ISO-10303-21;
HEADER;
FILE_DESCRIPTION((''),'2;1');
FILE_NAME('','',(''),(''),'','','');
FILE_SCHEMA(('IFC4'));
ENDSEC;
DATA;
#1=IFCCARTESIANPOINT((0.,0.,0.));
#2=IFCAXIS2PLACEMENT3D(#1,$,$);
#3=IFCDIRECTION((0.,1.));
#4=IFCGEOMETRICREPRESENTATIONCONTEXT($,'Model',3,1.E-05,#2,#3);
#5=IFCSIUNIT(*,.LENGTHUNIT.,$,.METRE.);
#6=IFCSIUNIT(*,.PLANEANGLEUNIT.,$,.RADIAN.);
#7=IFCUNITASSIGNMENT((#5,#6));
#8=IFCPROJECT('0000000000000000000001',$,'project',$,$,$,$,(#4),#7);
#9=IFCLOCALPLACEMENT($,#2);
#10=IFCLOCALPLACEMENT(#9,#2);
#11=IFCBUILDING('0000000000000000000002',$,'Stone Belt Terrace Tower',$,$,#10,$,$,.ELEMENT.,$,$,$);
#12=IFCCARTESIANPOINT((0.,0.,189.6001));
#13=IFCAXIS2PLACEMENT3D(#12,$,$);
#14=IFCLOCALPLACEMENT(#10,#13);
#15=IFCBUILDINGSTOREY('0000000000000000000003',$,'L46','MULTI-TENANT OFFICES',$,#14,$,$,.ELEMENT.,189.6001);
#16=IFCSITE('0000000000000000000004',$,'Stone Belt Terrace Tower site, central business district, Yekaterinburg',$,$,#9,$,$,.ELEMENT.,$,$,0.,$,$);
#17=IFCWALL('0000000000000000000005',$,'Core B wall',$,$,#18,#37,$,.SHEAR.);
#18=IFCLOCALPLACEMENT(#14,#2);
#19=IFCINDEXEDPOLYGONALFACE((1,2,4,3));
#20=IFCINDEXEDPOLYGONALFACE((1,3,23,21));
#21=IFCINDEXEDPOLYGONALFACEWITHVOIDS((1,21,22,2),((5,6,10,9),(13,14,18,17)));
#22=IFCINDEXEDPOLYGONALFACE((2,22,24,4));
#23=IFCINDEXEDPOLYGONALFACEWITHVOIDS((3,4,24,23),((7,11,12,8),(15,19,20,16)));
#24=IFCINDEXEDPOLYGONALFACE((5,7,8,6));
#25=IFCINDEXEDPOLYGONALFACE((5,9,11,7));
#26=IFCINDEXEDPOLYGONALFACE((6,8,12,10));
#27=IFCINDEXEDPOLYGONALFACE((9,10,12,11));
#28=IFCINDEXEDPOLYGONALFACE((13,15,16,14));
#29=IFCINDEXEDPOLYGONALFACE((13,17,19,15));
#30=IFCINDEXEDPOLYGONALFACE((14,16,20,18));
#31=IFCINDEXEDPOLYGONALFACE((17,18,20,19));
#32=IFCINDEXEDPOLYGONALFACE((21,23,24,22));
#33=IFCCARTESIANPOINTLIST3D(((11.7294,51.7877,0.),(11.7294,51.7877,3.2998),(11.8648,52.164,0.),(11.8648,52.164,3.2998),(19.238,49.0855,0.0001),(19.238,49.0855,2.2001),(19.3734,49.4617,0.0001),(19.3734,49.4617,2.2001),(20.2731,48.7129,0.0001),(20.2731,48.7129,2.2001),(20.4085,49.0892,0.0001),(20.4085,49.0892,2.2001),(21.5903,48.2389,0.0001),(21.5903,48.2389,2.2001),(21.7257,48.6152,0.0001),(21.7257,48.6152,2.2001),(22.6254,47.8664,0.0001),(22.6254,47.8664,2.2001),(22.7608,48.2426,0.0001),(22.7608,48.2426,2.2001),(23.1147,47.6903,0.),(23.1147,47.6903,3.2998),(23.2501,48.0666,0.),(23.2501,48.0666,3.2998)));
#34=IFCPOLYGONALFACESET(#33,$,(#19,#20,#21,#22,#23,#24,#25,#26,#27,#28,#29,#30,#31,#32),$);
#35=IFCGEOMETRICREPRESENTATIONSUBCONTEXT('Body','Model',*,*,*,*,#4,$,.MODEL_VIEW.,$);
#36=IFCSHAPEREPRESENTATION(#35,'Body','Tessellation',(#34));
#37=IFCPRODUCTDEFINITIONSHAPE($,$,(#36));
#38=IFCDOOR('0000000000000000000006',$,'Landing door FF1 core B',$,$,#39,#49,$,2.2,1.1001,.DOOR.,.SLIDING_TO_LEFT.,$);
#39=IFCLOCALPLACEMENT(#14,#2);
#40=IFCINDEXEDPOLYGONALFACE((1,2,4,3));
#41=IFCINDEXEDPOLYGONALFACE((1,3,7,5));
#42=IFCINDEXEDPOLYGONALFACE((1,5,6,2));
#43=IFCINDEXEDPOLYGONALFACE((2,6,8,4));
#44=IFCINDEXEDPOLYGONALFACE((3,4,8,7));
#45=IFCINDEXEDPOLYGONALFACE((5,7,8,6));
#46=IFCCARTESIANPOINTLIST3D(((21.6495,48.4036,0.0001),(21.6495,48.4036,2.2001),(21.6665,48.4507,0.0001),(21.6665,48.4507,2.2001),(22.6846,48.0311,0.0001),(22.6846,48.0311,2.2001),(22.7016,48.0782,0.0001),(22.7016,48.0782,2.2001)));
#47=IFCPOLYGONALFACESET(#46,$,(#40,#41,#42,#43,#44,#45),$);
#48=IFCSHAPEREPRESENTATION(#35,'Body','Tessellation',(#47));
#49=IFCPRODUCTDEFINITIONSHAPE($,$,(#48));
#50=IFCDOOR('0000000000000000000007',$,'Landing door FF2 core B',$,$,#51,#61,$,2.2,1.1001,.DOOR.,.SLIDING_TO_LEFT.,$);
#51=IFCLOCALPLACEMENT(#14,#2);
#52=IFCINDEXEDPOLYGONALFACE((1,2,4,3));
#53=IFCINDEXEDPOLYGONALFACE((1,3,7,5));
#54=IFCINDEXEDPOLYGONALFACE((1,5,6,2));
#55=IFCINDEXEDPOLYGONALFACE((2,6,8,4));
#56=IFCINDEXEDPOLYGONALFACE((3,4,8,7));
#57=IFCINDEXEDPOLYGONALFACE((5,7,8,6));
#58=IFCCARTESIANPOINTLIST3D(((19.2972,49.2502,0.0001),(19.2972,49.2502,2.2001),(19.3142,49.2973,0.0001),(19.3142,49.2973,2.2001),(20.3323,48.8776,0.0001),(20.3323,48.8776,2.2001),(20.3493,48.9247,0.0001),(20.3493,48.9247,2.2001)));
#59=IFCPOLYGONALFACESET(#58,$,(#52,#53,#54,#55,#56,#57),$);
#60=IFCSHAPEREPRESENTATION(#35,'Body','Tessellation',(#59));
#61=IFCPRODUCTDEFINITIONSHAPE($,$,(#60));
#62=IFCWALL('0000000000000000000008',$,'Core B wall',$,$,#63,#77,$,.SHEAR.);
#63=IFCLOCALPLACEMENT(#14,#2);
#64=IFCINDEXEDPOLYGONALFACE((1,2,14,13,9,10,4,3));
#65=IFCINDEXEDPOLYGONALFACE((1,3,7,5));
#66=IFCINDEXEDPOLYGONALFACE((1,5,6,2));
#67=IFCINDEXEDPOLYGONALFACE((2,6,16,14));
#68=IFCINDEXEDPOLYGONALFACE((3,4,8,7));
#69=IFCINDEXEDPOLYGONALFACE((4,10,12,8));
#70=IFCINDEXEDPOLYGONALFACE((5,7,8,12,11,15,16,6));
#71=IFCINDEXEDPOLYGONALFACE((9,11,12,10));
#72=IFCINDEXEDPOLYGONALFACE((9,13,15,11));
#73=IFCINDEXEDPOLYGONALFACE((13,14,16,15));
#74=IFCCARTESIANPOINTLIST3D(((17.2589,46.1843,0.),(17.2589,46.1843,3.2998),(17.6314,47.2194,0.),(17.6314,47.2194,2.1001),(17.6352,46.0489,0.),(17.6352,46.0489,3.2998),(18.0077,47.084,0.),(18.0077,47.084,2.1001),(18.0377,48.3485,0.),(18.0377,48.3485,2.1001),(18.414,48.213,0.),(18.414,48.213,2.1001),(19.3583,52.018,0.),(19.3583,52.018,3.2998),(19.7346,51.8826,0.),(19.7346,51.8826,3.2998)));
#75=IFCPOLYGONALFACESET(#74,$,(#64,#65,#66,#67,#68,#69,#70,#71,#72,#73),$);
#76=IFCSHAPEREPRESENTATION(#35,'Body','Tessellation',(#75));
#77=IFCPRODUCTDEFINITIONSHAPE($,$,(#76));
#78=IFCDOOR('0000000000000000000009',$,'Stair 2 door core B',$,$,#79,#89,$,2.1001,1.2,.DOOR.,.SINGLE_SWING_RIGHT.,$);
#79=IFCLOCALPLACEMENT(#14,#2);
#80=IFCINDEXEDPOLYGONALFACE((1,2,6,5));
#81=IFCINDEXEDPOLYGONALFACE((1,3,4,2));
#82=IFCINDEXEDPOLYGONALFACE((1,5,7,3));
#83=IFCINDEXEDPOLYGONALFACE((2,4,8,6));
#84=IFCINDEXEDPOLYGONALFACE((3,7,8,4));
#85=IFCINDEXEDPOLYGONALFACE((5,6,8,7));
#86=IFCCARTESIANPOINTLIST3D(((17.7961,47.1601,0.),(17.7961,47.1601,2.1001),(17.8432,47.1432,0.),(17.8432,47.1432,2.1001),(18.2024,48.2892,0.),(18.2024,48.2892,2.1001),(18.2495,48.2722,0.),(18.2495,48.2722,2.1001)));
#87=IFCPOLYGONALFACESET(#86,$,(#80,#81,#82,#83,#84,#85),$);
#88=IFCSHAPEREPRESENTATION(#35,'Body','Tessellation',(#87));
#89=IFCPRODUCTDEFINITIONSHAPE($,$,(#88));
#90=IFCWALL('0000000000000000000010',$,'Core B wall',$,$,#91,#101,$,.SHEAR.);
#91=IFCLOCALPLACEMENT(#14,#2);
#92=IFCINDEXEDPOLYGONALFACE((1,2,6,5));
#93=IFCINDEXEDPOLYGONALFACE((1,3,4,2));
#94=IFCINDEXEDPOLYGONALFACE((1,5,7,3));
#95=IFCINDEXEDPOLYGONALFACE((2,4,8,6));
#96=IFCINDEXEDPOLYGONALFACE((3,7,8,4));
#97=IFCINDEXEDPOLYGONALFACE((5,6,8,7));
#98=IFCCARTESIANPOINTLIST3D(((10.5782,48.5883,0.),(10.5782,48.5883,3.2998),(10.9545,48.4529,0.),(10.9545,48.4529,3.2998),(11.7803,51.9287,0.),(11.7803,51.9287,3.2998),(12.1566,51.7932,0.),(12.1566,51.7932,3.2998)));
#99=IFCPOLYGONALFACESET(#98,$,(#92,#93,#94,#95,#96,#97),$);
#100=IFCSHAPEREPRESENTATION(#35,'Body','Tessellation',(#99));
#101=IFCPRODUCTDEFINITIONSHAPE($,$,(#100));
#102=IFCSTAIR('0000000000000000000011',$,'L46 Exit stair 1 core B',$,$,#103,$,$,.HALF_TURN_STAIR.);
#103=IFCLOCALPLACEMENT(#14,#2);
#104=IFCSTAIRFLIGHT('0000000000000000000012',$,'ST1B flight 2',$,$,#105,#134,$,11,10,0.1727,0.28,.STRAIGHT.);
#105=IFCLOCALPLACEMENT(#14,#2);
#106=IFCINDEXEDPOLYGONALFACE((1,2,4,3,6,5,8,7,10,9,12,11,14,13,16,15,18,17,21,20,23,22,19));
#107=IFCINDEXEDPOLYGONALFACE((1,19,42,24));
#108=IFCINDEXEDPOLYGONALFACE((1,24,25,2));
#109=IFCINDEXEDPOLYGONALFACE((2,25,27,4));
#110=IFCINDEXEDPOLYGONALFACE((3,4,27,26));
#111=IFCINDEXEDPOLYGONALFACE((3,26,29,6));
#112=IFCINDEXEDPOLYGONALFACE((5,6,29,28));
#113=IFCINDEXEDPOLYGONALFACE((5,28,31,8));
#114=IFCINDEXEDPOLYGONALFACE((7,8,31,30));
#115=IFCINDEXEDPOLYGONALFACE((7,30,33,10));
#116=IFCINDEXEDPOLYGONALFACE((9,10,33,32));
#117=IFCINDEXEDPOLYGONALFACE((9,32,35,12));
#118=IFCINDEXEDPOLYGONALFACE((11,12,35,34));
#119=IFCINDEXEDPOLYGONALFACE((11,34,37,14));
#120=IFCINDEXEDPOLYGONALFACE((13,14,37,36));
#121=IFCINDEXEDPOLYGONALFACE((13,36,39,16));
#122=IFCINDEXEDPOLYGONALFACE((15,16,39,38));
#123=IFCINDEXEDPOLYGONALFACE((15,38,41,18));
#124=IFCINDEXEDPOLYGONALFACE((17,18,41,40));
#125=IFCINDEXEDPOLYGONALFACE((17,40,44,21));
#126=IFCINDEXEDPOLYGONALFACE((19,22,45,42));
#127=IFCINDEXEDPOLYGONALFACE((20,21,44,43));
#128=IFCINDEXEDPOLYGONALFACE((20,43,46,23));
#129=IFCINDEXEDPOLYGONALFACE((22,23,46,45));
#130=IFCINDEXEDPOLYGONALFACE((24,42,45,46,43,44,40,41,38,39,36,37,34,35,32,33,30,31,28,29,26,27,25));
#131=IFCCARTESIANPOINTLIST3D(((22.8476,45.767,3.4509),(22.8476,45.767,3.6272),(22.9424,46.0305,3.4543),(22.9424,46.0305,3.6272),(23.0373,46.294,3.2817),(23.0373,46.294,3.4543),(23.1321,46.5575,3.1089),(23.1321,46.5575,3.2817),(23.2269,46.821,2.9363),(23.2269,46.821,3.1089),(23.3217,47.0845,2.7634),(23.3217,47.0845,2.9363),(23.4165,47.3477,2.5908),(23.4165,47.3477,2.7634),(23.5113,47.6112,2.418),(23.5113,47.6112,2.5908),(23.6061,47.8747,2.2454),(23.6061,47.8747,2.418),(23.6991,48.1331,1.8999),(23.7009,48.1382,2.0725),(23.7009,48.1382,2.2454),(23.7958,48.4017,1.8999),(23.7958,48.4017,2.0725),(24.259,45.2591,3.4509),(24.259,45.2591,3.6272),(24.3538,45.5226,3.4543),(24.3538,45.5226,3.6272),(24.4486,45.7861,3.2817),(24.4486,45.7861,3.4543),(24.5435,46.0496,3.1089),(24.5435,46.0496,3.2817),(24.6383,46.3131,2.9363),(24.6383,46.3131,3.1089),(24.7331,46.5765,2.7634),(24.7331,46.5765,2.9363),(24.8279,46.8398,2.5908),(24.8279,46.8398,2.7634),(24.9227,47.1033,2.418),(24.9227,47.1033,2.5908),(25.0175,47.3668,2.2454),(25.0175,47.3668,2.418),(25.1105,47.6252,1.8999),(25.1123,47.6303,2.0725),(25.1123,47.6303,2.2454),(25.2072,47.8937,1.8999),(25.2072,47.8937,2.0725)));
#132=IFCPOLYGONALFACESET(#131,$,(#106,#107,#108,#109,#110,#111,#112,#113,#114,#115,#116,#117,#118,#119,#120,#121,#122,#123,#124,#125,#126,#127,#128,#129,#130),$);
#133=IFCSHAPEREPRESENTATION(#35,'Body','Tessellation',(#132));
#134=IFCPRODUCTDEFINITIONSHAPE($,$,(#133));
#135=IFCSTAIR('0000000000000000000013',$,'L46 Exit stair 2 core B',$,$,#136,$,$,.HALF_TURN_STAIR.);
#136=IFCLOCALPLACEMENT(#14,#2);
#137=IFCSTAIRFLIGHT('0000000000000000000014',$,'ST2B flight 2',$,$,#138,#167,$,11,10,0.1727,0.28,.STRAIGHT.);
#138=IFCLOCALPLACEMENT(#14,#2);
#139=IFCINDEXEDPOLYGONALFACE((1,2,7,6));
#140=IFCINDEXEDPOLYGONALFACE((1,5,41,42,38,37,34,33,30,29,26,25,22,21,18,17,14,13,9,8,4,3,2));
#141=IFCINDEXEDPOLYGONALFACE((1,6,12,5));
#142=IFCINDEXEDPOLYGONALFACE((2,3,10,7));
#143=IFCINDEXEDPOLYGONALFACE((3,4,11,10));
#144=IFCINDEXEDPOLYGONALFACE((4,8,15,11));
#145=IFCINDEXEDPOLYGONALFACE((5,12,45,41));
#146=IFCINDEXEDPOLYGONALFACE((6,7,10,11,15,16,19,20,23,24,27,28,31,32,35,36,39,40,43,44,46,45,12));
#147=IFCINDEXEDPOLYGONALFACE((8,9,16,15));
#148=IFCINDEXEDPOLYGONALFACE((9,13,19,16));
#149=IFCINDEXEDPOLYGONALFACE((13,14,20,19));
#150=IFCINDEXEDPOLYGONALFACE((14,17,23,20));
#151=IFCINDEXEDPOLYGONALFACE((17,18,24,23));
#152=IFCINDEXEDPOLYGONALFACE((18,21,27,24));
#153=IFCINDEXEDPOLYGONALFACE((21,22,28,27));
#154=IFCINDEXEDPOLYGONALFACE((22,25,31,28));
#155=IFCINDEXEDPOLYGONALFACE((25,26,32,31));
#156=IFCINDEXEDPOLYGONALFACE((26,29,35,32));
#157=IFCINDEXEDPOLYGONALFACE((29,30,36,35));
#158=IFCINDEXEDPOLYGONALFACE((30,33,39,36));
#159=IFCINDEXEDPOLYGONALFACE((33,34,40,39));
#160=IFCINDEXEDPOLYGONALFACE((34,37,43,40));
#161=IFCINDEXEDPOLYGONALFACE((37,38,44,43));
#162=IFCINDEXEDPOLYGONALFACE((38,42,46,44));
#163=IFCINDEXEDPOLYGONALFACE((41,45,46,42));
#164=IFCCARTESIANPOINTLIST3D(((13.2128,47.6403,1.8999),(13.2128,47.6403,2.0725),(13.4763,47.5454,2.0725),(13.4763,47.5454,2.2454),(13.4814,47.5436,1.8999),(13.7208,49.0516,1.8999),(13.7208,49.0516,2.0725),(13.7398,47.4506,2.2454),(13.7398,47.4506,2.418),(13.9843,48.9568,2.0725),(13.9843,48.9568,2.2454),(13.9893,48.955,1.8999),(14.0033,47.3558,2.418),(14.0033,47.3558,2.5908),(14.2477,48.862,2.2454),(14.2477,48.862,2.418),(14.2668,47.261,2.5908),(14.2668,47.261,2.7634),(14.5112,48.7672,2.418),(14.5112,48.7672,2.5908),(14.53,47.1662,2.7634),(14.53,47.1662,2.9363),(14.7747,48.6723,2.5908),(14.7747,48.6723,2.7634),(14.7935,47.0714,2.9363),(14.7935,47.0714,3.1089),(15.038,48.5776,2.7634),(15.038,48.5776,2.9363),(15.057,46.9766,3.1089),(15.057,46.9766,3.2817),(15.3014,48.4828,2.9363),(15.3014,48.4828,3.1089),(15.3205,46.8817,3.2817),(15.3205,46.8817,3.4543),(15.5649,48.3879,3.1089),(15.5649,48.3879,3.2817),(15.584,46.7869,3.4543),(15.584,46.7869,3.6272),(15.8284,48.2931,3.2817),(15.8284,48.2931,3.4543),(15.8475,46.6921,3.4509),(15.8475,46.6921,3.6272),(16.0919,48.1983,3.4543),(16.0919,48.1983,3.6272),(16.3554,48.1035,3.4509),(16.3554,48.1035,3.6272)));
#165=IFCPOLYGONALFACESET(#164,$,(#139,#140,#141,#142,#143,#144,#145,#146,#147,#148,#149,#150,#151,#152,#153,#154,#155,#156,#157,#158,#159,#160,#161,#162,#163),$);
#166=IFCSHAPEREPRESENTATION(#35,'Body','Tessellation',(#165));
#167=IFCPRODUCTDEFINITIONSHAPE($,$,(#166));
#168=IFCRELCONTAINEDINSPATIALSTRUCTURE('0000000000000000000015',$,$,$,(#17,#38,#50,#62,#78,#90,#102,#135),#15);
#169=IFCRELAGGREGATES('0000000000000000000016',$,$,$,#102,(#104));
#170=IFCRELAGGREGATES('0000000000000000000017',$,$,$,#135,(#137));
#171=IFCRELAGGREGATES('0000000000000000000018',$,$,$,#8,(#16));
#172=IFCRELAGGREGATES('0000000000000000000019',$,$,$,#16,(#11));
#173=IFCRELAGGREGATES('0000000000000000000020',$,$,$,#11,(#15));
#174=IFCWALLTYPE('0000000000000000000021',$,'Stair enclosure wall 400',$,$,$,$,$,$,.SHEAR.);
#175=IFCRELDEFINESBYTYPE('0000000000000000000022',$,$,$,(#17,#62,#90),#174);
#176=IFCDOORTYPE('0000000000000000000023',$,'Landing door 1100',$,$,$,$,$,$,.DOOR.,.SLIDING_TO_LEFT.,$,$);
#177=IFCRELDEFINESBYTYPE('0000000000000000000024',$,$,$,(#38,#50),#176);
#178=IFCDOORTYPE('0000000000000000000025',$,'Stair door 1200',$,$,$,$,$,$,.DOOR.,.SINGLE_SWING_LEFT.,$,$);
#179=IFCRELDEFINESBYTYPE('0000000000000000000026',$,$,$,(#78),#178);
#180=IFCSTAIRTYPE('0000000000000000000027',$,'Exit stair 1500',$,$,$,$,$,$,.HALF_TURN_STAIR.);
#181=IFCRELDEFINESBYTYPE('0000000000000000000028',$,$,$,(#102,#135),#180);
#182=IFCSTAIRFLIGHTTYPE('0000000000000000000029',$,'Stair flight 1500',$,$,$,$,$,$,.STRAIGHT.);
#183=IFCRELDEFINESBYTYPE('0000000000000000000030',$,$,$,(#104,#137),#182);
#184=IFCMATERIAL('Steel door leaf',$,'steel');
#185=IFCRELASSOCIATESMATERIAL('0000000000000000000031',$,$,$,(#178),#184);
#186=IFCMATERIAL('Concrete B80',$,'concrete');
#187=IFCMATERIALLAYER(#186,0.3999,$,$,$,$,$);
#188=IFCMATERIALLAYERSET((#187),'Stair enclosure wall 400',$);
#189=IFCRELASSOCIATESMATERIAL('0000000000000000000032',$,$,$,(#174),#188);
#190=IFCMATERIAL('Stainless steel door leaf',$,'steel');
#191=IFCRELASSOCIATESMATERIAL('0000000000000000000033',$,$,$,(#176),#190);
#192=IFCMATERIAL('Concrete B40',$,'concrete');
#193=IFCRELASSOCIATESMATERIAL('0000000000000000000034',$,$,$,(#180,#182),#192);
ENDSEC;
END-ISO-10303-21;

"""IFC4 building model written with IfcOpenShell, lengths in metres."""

from ifc_helpers import new_model, si_unit, direction, frame, frame_2d, origin, place, context, subcontext, project, spatial, polyline, rectangle, outline, extrude, material, layer, layer_set, type_object, element, fill, aggregate, save


model = new_model("IFC4")

# Units and contexts
model_context = context("Model", 3, precision=1e-05, world=origin(), true_north=direction((0.0, 1.0)))
body_context = subcontext(model_context, "Body", "Model", "MODEL_VIEW")
ifc_project = project(units=[si_unit("LENGTHUNIT", "METRE"), si_unit("PLANEANGLEUNIT", "RADIAN")], contexts=[model_context])

# Site, building, storey
site_placement = place(None, origin())
site = spatial("IfcSite", under=ifc_project, at=site_placement, Name="Stone Belt Terrace Tower site, central business district, Yekaterinburg", CompositionType="ELEMENT", RefElevation=0.0)
building_placement = place(site_placement, origin())
building = spatial("IfcBuilding", under=site, at=building_placement, Name="Stone Belt Terrace Tower", CompositionType="ELEMENT")
storey_placement = place(building_placement, frame((0.0, 0.0, 189.6001)))
storey = spatial("IfcBuildingStorey", under=building, at=storey_placement, Name="L46", Description="MULTI-TENANT OFFICES", CompositionType="ELEMENT", Elevation=189.6001)

# Shared definitions
ifc_material_1 = material(Name="Concrete B80", Category="concrete")

# Shared definitions
ifc_material_2 = material(Name="Steel door leaf", Category="steel")
door_type_1 = type_object("IfcDoorType", Name="Stair door 1200", OperationType="SINGLE_SWING_LEFT", PredefinedType="DOOR", material=ifc_material_2)
ifc_layer_1 = layer(ifc_material_1, 0.3999)
ifc_layer_set_1 = layer_set([ifc_layer_1], Name="Stair enclosure wall 400")
wall_type_1 = type_object("IfcWallType", Name="Stair enclosure wall 400", PredefinedType="SHEAR", material=ifc_layer_set_1)

# Wall, openings, doors
wall_1_placement = place(storey_placement, frame((23.1824, 47.8784, 0.0), z_axis=(0.0, 0.0, 1.0), x_axis=(-0.940921, 0.338626, 0.0)))
wall_1 = element("IfcWall", 1, at=wall_1_placement, inside=storey, type_object=wall_type_1, Name="Core B wall", PredefinedType="SHEAR", context=body_context, shape_type="SweptSolid", body=[
    extrude(rectangle(XDim=12.1001, YDim=0.3999, at=frame_2d((6.05, 0.0))), origin(), (0.0, 0.0, 1.0), 3.2998),
])
opening_1_placement = place(wall_1_placement, frame((0.52, 0.0, 0.0)))
opening_1 = element("IfcOpeningElement", 2, at=opening_1_placement, cuts=wall_1, PredefinedType="OPENING", context=body_context, shape_type="SweptSolid", body=[
    extrude(rectangle(XDim=1.1001, YDim=2.2, at=frame_2d((0.55, 1.1001))), frame((0.0, 0.21, 0.0), z_axis=(0.0, -1.0, 0.0), x_axis=(1.0, 0.0, 0.0)), (0.0, 0.0, 1.0), 0.4199),
])
opening_2_placement = place(wall_1_placement, frame((3.02, 0.0, 0.0)))
opening_2 = element("IfcOpeningElement", 3, at=opening_2_placement, cuts=wall_1, PredefinedType="OPENING", context=body_context, shape_type="SweptSolid", body=[
    extrude(rectangle(XDim=1.1001, YDim=2.2, at=frame_2d((0.55, 1.1001))), frame((0.0, 0.21, 0.0), z_axis=(0.0, -1.0, 0.0), x_axis=(1.0, 0.0, 0.0)), (0.0, 0.0, 1.0), 0.4199),
])
ifc_material_3 = material(Name="Stainless steel door leaf", Category="steel")
door_type_2 = type_object("IfcDoorType", Name="Landing door 1100", OperationType="SLIDING_TO_LEFT", PredefinedType="DOOR", material=ifc_material_3)
door_1_placement = place(opening_1_placement, origin())
door_1 = element("IfcDoor", 4, at=door_1_placement, inside=storey, type_object=door_type_2, Name="Landing door FF1 core B", OperationType="SLIDING_TO_LEFT", OverallHeight=2.2, OverallWidth=1.1001, PredefinedType="DOOR", context=body_context, shape_type="SweptSolid", body=[
    extrude(rectangle(XDim=1.1001, YDim=2.2, at=frame_2d((0.55, 1.1001))), frame((0.0, 0.0249, 0.0), z_axis=(0.0, -1.0, 0.0), x_axis=(1.0, 0.0, 0.0)), (0.0, 0.0, 1.0), 0.05),
])
fill(opening_1, door_1)
door_2_placement = place(opening_2_placement, origin())
door_2 = element("IfcDoor", 5, at=door_2_placement, inside=storey, type_object=door_type_2, Name="Landing door FF2 core B", OperationType="SLIDING_TO_LEFT", OverallHeight=2.2, OverallWidth=1.1001, PredefinedType="DOOR", context=body_context, shape_type="SweptSolid", body=[
    extrude(rectangle(XDim=1.1001, YDim=2.2, at=frame_2d((0.55, 1.1001))), frame((0.0, 0.0249, 0.0), z_axis=(0.0, -1.0, 0.0), x_axis=(1.0, 0.0, 0.0)), (0.0, 0.0, 1.0), 0.05),
])
fill(opening_2, door_2)

# Wall, opening, door
wall_2_placement = place(storey_placement, frame((17.447, 46.1165, 0.0), z_axis=(0.0, 0.0, 1.0), x_axis=(0.338608, 0.940928, 0.0)))
wall_2 = element("IfcWall", 6, at=wall_2_placement, inside=storey, type_object=wall_type_1, Name="Core B wall", PredefinedType="SHEAR", context=body_context, shape_type="SweptSolid", body=[
    extrude(rectangle(XDim=6.2, YDim=0.3999, at=frame_2d((3.1001, 0.0))), origin(), (0.0, 0.0, 1.0), 3.2998),
])
opening_3_placement = place(wall_2_placement, frame((1.1001, 0.0, 0.0)))
opening_3 = element("IfcOpeningElement", 7, at=opening_3_placement, cuts=wall_2, PredefinedType="OPENING", context=body_context, shape_type="SweptSolid", body=[
    extrude(rectangle(XDim=1.2, YDim=2.1001, at=frame_2d((0.6001, 1.05))), frame((0.0, 0.21, 0.0), z_axis=(0.0, -1.0, 0.0), x_axis=(1.0, 0.0, 0.0)), (0.0, 0.0, 1.0), 0.4199),
])
door_3_placement = place(opening_3_placement, origin())
door_3 = element("IfcDoor", 8, at=door_3_placement, inside=storey, type_object=door_type_1, Name="Stair 2 door core B", OperationType="SINGLE_SWING_RIGHT", OverallHeight=2.1001, OverallWidth=1.2, PredefinedType="DOOR", context=body_context, shape_type="SweptSolid", body=[
    extrude(rectangle(XDim=1.2, YDim=2.1001, at=frame_2d((0.6001, 1.05))), frame((0.0, 0.0249, 0.0), z_axis=(0.0, -1.0, 0.0), x_axis=(1.0, 0.0, 0.0)), (0.0, 0.0, 1.0), 0.05),
])
fill(opening_3, door_3)

# Wall
wall_3_placement = place(storey_placement, frame((10.7664, 48.5208, 0.0), z_axis=(0.0, 0.0, 1.0), x_axis=(0.338627, 0.940921, 0.0)))
element("IfcWall", 9, at=wall_3_placement, inside=storey, type_object=wall_type_1, Name="Core B wall", PredefinedType="SHEAR", context=body_context, shape_type="SweptSolid", body=[
    extrude(rectangle(XDim=3.55, YDim=0.3999, at=frame_2d((1.7749, 0.0))), origin(), (0.0, 0.0, 1.0), 3.2998),
])

# Stairs, stair flights
ifc_material_4 = material(Name="Concrete B40", Category="concrete")
stair_type = type_object("IfcStairType", Name="Exit stair 1500", PredefinedType="HALF_TURN_STAIR", material=ifc_material_4)
stair_1_placement = place(storey_placement, origin())
stair_1 = element("IfcStair", 10, at=stair_1_placement, inside=storey, type_object=stair_type, Name="L46 Exit stair 1 core B", PredefinedType="HALF_TURN_STAIR")
stair_flight_type = type_object("IfcStairFlightType", Name="Stair flight 1500", PredefinedType="STRAIGHT", material=ifc_material_4)
stair_flight_1_placement = place(storey_placement, frame((24.5015, 48.1477, 1.8999), z_axis=(0.0, 0.0, 1.0), x_axis=(-0.338624, -0.940922, 0.0)))
stair_flight_1 = element("IfcStairFlight", 11, at=stair_flight_1_placement, type_object=stair_flight_type, Name="ST1B flight 2", NumberOfRisers=11, NumberOfTreads=10, PredefinedType="STRAIGHT", RiserHeight=0.1727, TreadLength=0.28, context=body_context, shape_type="SweptSolid", body=[
    extrude(outline(polyline([(0.0, 0.0), (0.0, 0.1726), (0.28, 0.1726), (0.28, 0.3455), (0.5601, 0.3455), (0.5601, 0.5181), (0.8401, 0.5181), (0.8401, 0.6909), (1.1201, 0.6909), (1.1201, 0.8635), (1.3999, 0.8635), (1.3999, 1.0364), (1.6799, 1.0364), (1.6799, 1.209), (1.96, 1.209), (1.96, 1.3818), (2.24, 1.3818), (2.24, 1.5544), (2.52, 1.5544), (2.52, 1.7273), (2.8, 1.7273), (2.8, 1.8999), (2.8, 1.551), (0.2854, 0.0), (0.0, 0.0)])), frame((0.0, 0.75, 0.0), z_axis=(0.0, -1.0, 0.0), x_axis=(1.0, 0.0, 0.0)), (0.0, 0.0, 1.0), 1.5),
])
aggregate(stair_1, [stair_flight_1])
stair_2_placement = place(storey_placement, origin())
stair_2 = element("IfcStair", 12, at=stair_2_placement, inside=storey, type_object=stair_type, Name="L46 Exit stair 2 core B", PredefinedType="HALF_TURN_STAIR")
stair_flight_2_placement = place(storey_placement, frame((13.4668, 48.3459, 1.8999), z_axis=(0.0, 0.0, 1.0), x_axis=(0.940922, -0.338624, 0.0)))
stair_flight_2 = element("IfcStairFlight", 13, at=stair_flight_2_placement, type_object=stair_flight_type, Name="ST2B flight 2", NumberOfRisers=11, NumberOfTreads=10, PredefinedType="STRAIGHT", RiserHeight=0.1727, TreadLength=0.28, context=body_context, shape_type="SweptSolid", body=[
    extrude(outline(polyline([(0.0, 0.0), (0.0, 0.1726), (0.28, 0.1726), (0.28, 0.3455), (0.5601, 0.3455), (0.5601, 0.5181), (0.8401, 0.5181), (0.8401, 0.6909), (1.1201, 0.6909), (1.1201, 0.8635), (1.3999, 0.8635), (1.3999, 1.0364), (1.6799, 1.0364), (1.6799, 1.209), (1.96, 1.209), (1.96, 1.3818), (2.24, 1.3818), (2.24, 1.5544), (2.52, 1.5544), (2.52, 1.7273), (2.8, 1.7273), (2.8, 1.8999), (2.8, 1.551), (0.2854, 0.0), (0.0, 0.0)])), frame((0.0, 0.75, 0.0), z_axis=(0.0, -1.0, 0.0), x_axis=(1.0, 0.0, 0.0)), (0.0, 0.0, 1.0), 1.5),
])
aggregate(stair_2, [stair_flight_2])

save(model, "model.ifc")
